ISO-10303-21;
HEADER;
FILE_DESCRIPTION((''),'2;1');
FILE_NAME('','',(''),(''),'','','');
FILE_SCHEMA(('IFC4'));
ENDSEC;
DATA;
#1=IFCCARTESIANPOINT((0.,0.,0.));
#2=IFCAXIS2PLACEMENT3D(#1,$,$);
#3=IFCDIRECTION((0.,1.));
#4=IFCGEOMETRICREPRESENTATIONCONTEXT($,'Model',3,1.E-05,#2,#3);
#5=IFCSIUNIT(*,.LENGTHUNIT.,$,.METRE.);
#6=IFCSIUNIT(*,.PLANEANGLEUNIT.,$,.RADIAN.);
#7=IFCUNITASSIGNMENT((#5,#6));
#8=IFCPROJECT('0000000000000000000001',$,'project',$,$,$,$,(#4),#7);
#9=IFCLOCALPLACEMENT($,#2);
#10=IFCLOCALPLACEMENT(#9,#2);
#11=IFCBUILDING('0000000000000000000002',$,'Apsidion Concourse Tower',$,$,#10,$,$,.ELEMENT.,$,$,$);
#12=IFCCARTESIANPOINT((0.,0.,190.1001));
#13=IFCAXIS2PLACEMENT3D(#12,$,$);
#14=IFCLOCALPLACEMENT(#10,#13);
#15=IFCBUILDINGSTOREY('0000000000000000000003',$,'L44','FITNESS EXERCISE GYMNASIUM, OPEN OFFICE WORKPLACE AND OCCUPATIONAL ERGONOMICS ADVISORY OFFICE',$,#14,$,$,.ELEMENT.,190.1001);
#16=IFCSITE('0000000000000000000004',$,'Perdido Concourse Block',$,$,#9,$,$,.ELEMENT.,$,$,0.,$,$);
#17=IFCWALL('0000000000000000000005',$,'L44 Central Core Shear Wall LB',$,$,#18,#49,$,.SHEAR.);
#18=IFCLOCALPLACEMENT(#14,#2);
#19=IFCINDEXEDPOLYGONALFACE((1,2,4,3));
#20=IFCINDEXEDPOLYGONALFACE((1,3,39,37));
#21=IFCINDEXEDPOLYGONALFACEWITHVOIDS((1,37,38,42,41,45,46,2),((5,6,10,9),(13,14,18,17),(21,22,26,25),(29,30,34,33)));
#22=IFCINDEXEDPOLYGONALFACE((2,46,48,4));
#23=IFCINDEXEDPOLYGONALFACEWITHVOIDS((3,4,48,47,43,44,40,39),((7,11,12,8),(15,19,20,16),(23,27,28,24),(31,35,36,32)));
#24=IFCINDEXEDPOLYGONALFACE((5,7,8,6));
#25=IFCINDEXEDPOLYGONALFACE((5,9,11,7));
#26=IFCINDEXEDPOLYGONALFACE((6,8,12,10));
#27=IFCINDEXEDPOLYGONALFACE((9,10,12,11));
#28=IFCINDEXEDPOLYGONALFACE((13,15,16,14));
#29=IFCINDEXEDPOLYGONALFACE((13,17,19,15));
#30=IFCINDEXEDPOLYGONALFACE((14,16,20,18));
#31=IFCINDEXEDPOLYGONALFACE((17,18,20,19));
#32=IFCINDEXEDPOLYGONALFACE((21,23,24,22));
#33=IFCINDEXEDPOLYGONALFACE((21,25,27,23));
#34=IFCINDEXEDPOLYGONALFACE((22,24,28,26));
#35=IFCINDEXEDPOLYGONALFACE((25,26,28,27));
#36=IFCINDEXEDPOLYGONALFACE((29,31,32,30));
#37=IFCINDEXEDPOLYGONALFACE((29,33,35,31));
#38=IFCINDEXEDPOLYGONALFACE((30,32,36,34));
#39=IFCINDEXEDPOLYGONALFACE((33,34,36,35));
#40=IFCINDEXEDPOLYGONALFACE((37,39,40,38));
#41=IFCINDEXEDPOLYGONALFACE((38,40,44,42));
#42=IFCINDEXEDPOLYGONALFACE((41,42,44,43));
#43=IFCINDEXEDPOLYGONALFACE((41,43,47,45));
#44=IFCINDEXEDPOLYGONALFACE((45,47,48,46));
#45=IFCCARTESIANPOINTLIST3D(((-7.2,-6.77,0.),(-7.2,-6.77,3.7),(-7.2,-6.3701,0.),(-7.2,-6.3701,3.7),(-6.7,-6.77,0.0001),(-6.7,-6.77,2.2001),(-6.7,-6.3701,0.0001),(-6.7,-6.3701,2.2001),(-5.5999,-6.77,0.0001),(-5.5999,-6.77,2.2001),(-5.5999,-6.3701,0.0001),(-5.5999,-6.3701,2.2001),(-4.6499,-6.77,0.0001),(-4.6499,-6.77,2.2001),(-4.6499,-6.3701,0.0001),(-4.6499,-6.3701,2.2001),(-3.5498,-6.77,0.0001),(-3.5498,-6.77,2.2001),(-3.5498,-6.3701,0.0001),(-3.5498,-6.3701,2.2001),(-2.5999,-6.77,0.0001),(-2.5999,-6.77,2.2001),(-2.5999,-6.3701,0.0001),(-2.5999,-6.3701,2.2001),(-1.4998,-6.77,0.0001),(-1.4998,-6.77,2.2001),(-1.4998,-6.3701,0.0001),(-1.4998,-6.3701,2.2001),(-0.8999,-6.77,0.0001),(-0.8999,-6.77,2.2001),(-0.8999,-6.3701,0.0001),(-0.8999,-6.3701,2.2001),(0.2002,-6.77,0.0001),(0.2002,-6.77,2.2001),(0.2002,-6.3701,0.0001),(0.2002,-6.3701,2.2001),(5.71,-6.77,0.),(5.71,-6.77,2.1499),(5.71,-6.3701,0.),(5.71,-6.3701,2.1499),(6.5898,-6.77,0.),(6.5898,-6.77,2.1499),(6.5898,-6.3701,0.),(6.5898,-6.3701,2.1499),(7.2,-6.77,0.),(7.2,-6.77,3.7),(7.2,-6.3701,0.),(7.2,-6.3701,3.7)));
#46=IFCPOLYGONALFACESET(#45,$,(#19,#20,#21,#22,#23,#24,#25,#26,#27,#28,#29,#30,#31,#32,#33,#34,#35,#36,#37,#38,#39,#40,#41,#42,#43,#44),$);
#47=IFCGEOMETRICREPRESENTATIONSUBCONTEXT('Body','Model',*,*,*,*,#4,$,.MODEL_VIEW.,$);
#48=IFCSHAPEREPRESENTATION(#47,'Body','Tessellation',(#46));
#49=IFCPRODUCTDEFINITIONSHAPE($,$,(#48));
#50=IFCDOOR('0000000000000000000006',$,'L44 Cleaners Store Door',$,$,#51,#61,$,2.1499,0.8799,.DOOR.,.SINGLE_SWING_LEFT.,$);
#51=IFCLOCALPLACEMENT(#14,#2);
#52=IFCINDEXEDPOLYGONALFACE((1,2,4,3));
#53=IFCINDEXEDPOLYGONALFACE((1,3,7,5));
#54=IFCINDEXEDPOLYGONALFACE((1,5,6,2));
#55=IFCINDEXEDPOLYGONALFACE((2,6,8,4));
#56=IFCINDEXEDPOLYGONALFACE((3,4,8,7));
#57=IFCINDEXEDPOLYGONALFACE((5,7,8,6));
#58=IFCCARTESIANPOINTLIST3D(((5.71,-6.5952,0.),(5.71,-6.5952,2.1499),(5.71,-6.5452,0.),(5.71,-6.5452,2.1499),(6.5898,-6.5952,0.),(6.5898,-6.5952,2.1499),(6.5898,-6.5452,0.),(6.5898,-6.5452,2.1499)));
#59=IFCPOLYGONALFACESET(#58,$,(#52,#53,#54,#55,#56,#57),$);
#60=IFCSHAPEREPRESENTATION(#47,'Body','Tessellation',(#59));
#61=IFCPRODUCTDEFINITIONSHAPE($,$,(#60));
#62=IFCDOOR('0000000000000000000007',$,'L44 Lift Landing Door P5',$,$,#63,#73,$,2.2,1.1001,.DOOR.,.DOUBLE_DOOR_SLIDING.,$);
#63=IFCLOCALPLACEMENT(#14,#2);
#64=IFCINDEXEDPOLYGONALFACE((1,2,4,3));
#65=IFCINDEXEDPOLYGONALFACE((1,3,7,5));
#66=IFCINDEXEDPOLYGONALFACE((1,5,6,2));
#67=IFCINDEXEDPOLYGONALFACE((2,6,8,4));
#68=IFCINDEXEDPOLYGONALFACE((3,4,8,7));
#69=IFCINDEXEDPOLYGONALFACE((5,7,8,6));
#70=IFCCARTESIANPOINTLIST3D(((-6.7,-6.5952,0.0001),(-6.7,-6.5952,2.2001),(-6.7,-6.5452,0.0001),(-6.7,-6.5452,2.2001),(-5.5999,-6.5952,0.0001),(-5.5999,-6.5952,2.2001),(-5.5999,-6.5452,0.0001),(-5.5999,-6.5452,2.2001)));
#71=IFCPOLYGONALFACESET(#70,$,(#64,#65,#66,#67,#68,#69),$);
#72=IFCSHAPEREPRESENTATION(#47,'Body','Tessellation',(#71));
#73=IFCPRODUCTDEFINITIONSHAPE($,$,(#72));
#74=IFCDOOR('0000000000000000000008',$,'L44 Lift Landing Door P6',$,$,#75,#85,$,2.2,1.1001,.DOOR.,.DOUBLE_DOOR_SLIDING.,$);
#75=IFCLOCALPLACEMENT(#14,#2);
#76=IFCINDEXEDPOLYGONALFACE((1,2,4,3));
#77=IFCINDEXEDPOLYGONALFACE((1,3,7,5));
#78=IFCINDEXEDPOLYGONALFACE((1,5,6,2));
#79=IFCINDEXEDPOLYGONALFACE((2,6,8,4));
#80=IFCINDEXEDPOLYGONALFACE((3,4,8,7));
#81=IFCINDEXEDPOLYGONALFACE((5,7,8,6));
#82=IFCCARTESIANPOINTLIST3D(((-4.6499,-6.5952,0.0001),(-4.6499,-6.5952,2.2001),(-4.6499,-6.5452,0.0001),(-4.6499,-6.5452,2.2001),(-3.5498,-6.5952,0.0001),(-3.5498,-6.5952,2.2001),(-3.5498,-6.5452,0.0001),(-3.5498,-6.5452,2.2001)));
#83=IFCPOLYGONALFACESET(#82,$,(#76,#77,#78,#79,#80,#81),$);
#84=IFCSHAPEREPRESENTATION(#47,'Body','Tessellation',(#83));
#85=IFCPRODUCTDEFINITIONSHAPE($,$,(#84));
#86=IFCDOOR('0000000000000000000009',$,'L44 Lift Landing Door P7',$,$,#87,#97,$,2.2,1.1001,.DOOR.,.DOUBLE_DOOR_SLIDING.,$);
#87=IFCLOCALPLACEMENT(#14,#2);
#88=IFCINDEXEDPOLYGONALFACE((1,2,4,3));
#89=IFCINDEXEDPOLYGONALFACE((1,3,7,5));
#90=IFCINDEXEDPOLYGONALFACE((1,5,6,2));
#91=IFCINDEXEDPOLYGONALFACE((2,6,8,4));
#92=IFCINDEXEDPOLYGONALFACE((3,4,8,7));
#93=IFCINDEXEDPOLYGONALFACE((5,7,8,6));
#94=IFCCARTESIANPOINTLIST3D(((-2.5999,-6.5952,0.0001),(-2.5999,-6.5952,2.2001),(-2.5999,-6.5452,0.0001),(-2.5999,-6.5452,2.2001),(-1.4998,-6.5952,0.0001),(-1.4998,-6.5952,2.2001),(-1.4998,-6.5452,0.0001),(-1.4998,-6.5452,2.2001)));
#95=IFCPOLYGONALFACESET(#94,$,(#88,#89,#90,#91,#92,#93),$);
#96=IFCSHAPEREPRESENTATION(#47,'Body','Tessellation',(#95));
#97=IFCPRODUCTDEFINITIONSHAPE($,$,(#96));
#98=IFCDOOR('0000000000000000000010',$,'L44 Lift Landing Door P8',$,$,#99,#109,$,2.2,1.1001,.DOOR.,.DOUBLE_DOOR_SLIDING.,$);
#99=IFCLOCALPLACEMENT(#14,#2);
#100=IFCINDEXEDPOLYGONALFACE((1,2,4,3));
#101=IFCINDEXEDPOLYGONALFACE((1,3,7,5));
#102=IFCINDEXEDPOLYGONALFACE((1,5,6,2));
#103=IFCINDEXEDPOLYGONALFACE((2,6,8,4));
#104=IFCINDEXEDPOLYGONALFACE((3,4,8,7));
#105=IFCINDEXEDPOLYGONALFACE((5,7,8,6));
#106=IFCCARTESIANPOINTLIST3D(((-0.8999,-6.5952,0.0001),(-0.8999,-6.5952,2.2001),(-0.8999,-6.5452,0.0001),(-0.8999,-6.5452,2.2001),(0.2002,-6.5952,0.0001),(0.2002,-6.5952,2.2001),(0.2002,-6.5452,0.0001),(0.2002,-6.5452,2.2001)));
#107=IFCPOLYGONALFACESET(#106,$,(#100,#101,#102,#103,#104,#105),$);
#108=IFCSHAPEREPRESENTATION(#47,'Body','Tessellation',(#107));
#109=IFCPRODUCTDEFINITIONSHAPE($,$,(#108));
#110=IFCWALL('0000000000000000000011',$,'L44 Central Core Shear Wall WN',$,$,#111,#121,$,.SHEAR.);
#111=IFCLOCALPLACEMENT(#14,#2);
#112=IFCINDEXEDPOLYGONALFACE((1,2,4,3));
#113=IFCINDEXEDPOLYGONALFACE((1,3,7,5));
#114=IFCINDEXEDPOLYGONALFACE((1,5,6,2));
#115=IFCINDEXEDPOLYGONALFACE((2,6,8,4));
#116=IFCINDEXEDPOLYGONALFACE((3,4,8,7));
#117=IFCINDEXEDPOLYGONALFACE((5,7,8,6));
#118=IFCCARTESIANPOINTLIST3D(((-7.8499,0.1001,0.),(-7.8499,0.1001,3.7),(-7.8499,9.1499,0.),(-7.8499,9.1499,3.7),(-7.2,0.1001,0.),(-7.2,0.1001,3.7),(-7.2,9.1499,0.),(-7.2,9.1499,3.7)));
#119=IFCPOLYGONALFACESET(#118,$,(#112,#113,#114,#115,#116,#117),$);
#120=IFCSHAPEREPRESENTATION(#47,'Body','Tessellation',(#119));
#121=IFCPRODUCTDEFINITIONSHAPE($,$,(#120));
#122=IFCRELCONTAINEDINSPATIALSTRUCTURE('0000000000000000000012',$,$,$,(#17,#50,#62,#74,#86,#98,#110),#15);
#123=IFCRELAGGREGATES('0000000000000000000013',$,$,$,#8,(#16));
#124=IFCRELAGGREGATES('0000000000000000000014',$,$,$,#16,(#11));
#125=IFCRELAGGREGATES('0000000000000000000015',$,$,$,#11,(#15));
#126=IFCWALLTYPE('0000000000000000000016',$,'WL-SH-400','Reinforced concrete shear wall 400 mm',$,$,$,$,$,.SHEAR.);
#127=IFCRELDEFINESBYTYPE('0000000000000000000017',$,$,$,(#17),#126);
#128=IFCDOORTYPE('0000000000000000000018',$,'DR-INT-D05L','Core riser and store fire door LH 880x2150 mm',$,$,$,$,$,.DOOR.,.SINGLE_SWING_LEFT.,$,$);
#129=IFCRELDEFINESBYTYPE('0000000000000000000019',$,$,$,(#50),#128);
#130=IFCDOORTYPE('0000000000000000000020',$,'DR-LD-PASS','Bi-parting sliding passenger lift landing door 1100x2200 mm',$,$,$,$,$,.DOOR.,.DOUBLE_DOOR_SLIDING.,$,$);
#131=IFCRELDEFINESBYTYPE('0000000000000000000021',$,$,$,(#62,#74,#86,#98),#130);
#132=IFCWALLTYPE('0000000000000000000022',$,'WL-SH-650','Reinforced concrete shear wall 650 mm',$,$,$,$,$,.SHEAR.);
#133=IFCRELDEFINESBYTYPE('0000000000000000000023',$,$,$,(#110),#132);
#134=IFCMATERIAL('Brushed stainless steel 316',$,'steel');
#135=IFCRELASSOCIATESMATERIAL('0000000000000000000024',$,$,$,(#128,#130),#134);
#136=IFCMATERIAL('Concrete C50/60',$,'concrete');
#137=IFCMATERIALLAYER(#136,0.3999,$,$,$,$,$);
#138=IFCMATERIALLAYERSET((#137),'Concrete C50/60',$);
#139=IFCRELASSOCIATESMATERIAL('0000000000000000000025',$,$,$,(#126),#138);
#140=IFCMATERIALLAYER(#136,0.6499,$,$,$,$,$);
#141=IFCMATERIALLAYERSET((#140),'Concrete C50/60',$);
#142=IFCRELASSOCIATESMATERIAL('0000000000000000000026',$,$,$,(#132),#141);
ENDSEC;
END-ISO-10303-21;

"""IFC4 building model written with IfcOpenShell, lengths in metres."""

from ifc_helpers import new_model, si_unit, direction, frame, frame_2d, origin, place, context, subcontext, project, spatial, rectangle, extrude, material, layer, layer_set, type_object, element, fill, save


model = new_model("IFC4")

# Units and contexts
model_context = context("Model", 3, precision=1e-05, world=origin(), true_north=direction((0.0, 1.0)))
body_context = subcontext(model_context, "Body", "Model", "MODEL_VIEW")
ifc_project = project(units=[si_unit("LENGTHUNIT", "METRE"), si_unit("PLANEANGLEUNIT", "RADIAN")], contexts=[model_context])

# Site, building, storey
site_placement = place(None, origin())
site = spatial("IfcSite", under=ifc_project, at=site_placement, Name="Perdido Concourse Block", CompositionType="ELEMENT", RefElevation=0.0)
building_placement = place(site_placement, origin())
building = spatial("IfcBuilding", under=site, at=building_placement, Name="Apsidion Concourse Tower", CompositionType="ELEMENT")
storey_placement = place(building_placement, frame((0.0, 0.0, 190.1001)))
storey = spatial("IfcBuildingStorey", under=building, at=storey_placement, Name="L44", Description="FITNESS EXERCISE GYMNASIUM, OPEN OFFICE WORKPLACE AND OCCUPATIONAL ERGONOMICS ADVISORY OFFICE", CompositionType="ELEMENT", Elevation=190.1001)

# Shared definitions
ifc_material_1 = material(Name="Brushed stainless steel 316", Category="steel")

# Shared definitions
door_type_1 = type_object("IfcDoorType", Name="DR-INT-D05L", Description="Core riser and store fire door LH 880x2150 mm", OperationType="SINGLE_SWING_LEFT", PredefinedType="DOOR", material=ifc_material_1)

# Shared definitions
ifc_material_2 = material(Name="Concrete C50/60", Category="concrete")
ifc_layer_1 = layer(ifc_material_2, 0.3999)
ifc_layer_set_1 = layer_set([ifc_layer_1], Name="Concrete C50/60")
wall_type_1 = type_object("IfcWallType", Name="WL-SH-400", Description="Reinforced concrete shear wall 400 mm", PredefinedType="SHEAR", material=ifc_layer_set_1)

# Wall, openings, doors
wall_1_placement = place(storey_placement, frame((-7.2, -6.5701, 0.0), z_axis=(0.0, 0.0, 1.0), x_axis=(1.0, 0.0, 0.0)))
wall_1 = element("IfcWall", 1, at=wall_1_placement, inside=storey, type_object=wall_type_1, Name="L44 Central Core Shear Wall LB", PredefinedType="SHEAR", context=body_context, shape_type="SweptSolid", body=[
    extrude(rectangle(XDim=14.3999, YDim=0.3999, at=frame_2d((7.2, 0.0))), origin(), (0.0, 0.0, 1.0), 3.7),
])
opening_1_placement = place(wall_1_placement, frame((0.5, 0.0, 0.0)))
opening_1 = element("IfcOpeningElement", 2, at=opening_1_placement, cuts=wall_1, PredefinedType="OPENING", context=body_context, shape_type="SweptSolid", body=[
    extrude(rectangle(XDim=1.1001, YDim=2.2, at=frame_2d((0.55, 1.1001))), frame((0.0, 0.21, 0.0), z_axis=(0.0, -1.0, 0.0), x_axis=(1.0, 0.0, 0.0)), (0.0, 0.0, 1.0), 0.4199),
])
opening_2_placement = place(wall_1_placement, frame((2.55, 0.0, 0.0)))
opening_2 = element("IfcOpeningElement", 3, at=opening_2_placement, cuts=wall_1, PredefinedType="OPENING", context=body_context, shape_type="SweptSolid", body=[
    extrude(rectangle(XDim=1.1001, YDim=2.2, at=frame_2d((0.55, 1.1001))), frame((0.0, 0.21, 0.0), z_axis=(0.0, -1.0, 0.0), x_axis=(1.0, 0.0, 0.0)), (0.0, 0.0, 1.0), 0.4199),
])
opening_3_placement = place(wall_1_placement, frame((4.6001, 0.0, 0.0)))
opening_3 = element("IfcOpeningElement", 4, at=opening_3_placement, cuts=wall_1, PredefinedType="OPENING", context=body_context, shape_type="SweptSolid", body=[
    extrude(rectangle(XDim=1.1001, YDim=2.2, at=frame_2d((0.55, 1.1001))), frame((0.0, 0.21, 0.0), z_axis=(0.0, -1.0, 0.0), x_axis=(1.0, 0.0, 0.0)), (0.0, 0.0, 1.0), 0.4199),
])
opening_4_placement = place(wall_1_placement, frame((6.3, 0.0, 0.0)))
opening_4 = element("IfcOpeningElement", 5, at=opening_4_placement, cuts=wall_1, PredefinedType="OPENING", context=body_context, shape_type="SweptSolid", body=[
    extrude(rectangle(XDim=1.1001, YDim=2.2, at=frame_2d((0.55, 1.1001))), frame((0.0, 0.21, 0.0), z_axis=(0.0, -1.0, 0.0), x_axis=(1.0, 0.0, 0.0)), (0.0, 0.0, 1.0), 0.4199),
])
opening_5_placement = place(wall_1_placement, frame((12.9099, 0.0, 0.0)))
opening_5 = element("IfcOpeningElement", 6, at=opening_5_placement, cuts=wall_1, PredefinedType="OPENING", context=body_context, shape_type="SweptSolid", body=[
    extrude(rectangle(XDim=0.8799, YDim=2.1499, at=frame_2d((0.4399, 1.075))), frame((0.0, 0.21, 0.0), z_axis=(0.0, -1.0, 0.0), x_axis=(1.0, 0.0, 0.0)), (0.0, 0.0, 1.0), 0.4199),
])
door_1_placement = place(opening_5_placement, origin())
door_1 = element("IfcDoor", 7, at=door_1_placement, inside=storey, type_object=door_type_1, Name="L44 Cleaners Store Door", OperationType="SINGLE_SWING_LEFT", OverallHeight=2.1499, OverallWidth=0.8799, PredefinedType="DOOR", context=body_context, shape_type="SweptSolid", body=[
    extrude(rectangle(XDim=0.8799, YDim=2.1499, at=frame_2d((0.4399, 1.075))), frame((0.0, 0.0249, 0.0), z_axis=(0.0, -1.0, 0.0), x_axis=(1.0, 0.0, 0.0)), (0.0, 0.0, 1.0), 0.05),
])
fill(opening_5, door_1)
door_type_2 = type_object("IfcDoorType", Name="DR-LD-PASS", Description="Bi-parting sliding passenger lift landing door 1100x2200 mm", OperationType="DOUBLE_DOOR_SLIDING", PredefinedType="DOOR", material=ifc_material_1)
door_2_placement = place(opening_1_placement, origin())
door_2 = element("IfcDoor", 8, at=door_2_placement, inside=storey, type_object=door_type_2, Name="L44 Lift Landing Door P5", OperationType="DOUBLE_DOOR_SLIDING", OverallHeight=2.2, OverallWidth=1.1001, PredefinedType="DOOR", context=body_context, shape_type="SweptSolid", body=[
    extrude(rectangle(XDim=1.1001, YDim=2.2, at=frame_2d((0.55, 1.1001))), frame((0.0, 0.0249, 0.0), z_axis=(0.0, -1.0, 0.0), x_axis=(1.0, 0.0, 0.0)), (0.0, 0.0, 1.0), 0.05),
])
fill(opening_1, door_2)
door_3_placement = place(opening_2_placement, origin())
door_3 = element("IfcDoor", 9, at=door_3_placement, inside=storey, type_object=door_type_2, Name="L44 Lift Landing Door P6", OperationType="DOUBLE_DOOR_SLIDING", OverallHeight=2.2, OverallWidth=1.1001, PredefinedType="DOOR", context=body_context, shape_type="SweptSolid", body=[
    extrude(rectangle(XDim=1.1001, YDim=2.2, at=frame_2d((0.55, 1.1001))), frame((0.0, 0.0249, 0.0), z_axis=(0.0, -1.0, 0.0), x_axis=(1.0, 0.0, 0.0)), (0.0, 0.0, 1.0), 0.05),
])
fill(opening_2, door_3)
door_4_placement = place(opening_3_placement, origin())
door_4 = element("IfcDoor", 10, at=door_4_placement, inside=storey, type_object=door_type_2, Name="L44 Lift Landing Door P7", OperationType="DOUBLE_DOOR_SLIDING", OverallHeight=2.2, OverallWidth=1.1001, PredefinedType="DOOR", context=body_context, shape_type="SweptSolid", body=[
    extrude(rectangle(XDim=1.1001, YDim=2.2, at=frame_2d((0.55, 1.1001))), frame((0.0, 0.0249, 0.0), z_axis=(0.0, -1.0, 0.0), x_axis=(1.0, 0.0, 0.0)), (0.0, 0.0, 1.0), 0.05),
])
fill(opening_3, door_4)
door_5_placement = place(opening_4_placement, origin())
door_5 = element("IfcDoor", 11, at=door_5_placement, inside=storey, type_object=door_type_2, Name="L44 Lift Landing Door P8", OperationType="DOUBLE_DOOR_SLIDING", OverallHeight=2.2, OverallWidth=1.1001, PredefinedType="DOOR", context=body_context, shape_type="SweptSolid", body=[
    extrude(rectangle(XDim=1.1001, YDim=2.2, at=frame_2d((0.55, 1.1001))), frame((0.0, 0.0249, 0.0), z_axis=(0.0, -1.0, 0.0), x_axis=(1.0, 0.0, 0.0)), (0.0, 0.0, 1.0), 0.05),
])
fill(opening_4, door_5)

# Wall
ifc_layer_2 = layer(ifc_material_2, 0.6499)
ifc_layer_set_2 = layer_set([ifc_layer_2], Name="Concrete C50/60")
wall_type_2 = type_object("IfcWallType", Name="WL-SH-650", Description="Reinforced concrete shear wall 650 mm", PredefinedType="SHEAR", material=ifc_layer_set_2)
wall_2_placement = place(storey_placement, frame((-7.5249, 0.1001, 0.0), z_axis=(0.0, 0.0, 1.0), x_axis=(0.0, 1.0, 0.0)))
element("IfcWall", 12, at=wall_2_placement, inside=storey, type_object=wall_type_2, Name="L44 Central Core Shear Wall WN", PredefinedType="SHEAR", context=body_context, shape_type="SweptSolid", body=[
    extrude(rectangle(XDim=9.0498, YDim=0.6499, at=frame_2d((4.5249, 0.0))), origin(), (0.0, 0.0, 1.0), 3.7),
])

save(model, "model.ifc")
